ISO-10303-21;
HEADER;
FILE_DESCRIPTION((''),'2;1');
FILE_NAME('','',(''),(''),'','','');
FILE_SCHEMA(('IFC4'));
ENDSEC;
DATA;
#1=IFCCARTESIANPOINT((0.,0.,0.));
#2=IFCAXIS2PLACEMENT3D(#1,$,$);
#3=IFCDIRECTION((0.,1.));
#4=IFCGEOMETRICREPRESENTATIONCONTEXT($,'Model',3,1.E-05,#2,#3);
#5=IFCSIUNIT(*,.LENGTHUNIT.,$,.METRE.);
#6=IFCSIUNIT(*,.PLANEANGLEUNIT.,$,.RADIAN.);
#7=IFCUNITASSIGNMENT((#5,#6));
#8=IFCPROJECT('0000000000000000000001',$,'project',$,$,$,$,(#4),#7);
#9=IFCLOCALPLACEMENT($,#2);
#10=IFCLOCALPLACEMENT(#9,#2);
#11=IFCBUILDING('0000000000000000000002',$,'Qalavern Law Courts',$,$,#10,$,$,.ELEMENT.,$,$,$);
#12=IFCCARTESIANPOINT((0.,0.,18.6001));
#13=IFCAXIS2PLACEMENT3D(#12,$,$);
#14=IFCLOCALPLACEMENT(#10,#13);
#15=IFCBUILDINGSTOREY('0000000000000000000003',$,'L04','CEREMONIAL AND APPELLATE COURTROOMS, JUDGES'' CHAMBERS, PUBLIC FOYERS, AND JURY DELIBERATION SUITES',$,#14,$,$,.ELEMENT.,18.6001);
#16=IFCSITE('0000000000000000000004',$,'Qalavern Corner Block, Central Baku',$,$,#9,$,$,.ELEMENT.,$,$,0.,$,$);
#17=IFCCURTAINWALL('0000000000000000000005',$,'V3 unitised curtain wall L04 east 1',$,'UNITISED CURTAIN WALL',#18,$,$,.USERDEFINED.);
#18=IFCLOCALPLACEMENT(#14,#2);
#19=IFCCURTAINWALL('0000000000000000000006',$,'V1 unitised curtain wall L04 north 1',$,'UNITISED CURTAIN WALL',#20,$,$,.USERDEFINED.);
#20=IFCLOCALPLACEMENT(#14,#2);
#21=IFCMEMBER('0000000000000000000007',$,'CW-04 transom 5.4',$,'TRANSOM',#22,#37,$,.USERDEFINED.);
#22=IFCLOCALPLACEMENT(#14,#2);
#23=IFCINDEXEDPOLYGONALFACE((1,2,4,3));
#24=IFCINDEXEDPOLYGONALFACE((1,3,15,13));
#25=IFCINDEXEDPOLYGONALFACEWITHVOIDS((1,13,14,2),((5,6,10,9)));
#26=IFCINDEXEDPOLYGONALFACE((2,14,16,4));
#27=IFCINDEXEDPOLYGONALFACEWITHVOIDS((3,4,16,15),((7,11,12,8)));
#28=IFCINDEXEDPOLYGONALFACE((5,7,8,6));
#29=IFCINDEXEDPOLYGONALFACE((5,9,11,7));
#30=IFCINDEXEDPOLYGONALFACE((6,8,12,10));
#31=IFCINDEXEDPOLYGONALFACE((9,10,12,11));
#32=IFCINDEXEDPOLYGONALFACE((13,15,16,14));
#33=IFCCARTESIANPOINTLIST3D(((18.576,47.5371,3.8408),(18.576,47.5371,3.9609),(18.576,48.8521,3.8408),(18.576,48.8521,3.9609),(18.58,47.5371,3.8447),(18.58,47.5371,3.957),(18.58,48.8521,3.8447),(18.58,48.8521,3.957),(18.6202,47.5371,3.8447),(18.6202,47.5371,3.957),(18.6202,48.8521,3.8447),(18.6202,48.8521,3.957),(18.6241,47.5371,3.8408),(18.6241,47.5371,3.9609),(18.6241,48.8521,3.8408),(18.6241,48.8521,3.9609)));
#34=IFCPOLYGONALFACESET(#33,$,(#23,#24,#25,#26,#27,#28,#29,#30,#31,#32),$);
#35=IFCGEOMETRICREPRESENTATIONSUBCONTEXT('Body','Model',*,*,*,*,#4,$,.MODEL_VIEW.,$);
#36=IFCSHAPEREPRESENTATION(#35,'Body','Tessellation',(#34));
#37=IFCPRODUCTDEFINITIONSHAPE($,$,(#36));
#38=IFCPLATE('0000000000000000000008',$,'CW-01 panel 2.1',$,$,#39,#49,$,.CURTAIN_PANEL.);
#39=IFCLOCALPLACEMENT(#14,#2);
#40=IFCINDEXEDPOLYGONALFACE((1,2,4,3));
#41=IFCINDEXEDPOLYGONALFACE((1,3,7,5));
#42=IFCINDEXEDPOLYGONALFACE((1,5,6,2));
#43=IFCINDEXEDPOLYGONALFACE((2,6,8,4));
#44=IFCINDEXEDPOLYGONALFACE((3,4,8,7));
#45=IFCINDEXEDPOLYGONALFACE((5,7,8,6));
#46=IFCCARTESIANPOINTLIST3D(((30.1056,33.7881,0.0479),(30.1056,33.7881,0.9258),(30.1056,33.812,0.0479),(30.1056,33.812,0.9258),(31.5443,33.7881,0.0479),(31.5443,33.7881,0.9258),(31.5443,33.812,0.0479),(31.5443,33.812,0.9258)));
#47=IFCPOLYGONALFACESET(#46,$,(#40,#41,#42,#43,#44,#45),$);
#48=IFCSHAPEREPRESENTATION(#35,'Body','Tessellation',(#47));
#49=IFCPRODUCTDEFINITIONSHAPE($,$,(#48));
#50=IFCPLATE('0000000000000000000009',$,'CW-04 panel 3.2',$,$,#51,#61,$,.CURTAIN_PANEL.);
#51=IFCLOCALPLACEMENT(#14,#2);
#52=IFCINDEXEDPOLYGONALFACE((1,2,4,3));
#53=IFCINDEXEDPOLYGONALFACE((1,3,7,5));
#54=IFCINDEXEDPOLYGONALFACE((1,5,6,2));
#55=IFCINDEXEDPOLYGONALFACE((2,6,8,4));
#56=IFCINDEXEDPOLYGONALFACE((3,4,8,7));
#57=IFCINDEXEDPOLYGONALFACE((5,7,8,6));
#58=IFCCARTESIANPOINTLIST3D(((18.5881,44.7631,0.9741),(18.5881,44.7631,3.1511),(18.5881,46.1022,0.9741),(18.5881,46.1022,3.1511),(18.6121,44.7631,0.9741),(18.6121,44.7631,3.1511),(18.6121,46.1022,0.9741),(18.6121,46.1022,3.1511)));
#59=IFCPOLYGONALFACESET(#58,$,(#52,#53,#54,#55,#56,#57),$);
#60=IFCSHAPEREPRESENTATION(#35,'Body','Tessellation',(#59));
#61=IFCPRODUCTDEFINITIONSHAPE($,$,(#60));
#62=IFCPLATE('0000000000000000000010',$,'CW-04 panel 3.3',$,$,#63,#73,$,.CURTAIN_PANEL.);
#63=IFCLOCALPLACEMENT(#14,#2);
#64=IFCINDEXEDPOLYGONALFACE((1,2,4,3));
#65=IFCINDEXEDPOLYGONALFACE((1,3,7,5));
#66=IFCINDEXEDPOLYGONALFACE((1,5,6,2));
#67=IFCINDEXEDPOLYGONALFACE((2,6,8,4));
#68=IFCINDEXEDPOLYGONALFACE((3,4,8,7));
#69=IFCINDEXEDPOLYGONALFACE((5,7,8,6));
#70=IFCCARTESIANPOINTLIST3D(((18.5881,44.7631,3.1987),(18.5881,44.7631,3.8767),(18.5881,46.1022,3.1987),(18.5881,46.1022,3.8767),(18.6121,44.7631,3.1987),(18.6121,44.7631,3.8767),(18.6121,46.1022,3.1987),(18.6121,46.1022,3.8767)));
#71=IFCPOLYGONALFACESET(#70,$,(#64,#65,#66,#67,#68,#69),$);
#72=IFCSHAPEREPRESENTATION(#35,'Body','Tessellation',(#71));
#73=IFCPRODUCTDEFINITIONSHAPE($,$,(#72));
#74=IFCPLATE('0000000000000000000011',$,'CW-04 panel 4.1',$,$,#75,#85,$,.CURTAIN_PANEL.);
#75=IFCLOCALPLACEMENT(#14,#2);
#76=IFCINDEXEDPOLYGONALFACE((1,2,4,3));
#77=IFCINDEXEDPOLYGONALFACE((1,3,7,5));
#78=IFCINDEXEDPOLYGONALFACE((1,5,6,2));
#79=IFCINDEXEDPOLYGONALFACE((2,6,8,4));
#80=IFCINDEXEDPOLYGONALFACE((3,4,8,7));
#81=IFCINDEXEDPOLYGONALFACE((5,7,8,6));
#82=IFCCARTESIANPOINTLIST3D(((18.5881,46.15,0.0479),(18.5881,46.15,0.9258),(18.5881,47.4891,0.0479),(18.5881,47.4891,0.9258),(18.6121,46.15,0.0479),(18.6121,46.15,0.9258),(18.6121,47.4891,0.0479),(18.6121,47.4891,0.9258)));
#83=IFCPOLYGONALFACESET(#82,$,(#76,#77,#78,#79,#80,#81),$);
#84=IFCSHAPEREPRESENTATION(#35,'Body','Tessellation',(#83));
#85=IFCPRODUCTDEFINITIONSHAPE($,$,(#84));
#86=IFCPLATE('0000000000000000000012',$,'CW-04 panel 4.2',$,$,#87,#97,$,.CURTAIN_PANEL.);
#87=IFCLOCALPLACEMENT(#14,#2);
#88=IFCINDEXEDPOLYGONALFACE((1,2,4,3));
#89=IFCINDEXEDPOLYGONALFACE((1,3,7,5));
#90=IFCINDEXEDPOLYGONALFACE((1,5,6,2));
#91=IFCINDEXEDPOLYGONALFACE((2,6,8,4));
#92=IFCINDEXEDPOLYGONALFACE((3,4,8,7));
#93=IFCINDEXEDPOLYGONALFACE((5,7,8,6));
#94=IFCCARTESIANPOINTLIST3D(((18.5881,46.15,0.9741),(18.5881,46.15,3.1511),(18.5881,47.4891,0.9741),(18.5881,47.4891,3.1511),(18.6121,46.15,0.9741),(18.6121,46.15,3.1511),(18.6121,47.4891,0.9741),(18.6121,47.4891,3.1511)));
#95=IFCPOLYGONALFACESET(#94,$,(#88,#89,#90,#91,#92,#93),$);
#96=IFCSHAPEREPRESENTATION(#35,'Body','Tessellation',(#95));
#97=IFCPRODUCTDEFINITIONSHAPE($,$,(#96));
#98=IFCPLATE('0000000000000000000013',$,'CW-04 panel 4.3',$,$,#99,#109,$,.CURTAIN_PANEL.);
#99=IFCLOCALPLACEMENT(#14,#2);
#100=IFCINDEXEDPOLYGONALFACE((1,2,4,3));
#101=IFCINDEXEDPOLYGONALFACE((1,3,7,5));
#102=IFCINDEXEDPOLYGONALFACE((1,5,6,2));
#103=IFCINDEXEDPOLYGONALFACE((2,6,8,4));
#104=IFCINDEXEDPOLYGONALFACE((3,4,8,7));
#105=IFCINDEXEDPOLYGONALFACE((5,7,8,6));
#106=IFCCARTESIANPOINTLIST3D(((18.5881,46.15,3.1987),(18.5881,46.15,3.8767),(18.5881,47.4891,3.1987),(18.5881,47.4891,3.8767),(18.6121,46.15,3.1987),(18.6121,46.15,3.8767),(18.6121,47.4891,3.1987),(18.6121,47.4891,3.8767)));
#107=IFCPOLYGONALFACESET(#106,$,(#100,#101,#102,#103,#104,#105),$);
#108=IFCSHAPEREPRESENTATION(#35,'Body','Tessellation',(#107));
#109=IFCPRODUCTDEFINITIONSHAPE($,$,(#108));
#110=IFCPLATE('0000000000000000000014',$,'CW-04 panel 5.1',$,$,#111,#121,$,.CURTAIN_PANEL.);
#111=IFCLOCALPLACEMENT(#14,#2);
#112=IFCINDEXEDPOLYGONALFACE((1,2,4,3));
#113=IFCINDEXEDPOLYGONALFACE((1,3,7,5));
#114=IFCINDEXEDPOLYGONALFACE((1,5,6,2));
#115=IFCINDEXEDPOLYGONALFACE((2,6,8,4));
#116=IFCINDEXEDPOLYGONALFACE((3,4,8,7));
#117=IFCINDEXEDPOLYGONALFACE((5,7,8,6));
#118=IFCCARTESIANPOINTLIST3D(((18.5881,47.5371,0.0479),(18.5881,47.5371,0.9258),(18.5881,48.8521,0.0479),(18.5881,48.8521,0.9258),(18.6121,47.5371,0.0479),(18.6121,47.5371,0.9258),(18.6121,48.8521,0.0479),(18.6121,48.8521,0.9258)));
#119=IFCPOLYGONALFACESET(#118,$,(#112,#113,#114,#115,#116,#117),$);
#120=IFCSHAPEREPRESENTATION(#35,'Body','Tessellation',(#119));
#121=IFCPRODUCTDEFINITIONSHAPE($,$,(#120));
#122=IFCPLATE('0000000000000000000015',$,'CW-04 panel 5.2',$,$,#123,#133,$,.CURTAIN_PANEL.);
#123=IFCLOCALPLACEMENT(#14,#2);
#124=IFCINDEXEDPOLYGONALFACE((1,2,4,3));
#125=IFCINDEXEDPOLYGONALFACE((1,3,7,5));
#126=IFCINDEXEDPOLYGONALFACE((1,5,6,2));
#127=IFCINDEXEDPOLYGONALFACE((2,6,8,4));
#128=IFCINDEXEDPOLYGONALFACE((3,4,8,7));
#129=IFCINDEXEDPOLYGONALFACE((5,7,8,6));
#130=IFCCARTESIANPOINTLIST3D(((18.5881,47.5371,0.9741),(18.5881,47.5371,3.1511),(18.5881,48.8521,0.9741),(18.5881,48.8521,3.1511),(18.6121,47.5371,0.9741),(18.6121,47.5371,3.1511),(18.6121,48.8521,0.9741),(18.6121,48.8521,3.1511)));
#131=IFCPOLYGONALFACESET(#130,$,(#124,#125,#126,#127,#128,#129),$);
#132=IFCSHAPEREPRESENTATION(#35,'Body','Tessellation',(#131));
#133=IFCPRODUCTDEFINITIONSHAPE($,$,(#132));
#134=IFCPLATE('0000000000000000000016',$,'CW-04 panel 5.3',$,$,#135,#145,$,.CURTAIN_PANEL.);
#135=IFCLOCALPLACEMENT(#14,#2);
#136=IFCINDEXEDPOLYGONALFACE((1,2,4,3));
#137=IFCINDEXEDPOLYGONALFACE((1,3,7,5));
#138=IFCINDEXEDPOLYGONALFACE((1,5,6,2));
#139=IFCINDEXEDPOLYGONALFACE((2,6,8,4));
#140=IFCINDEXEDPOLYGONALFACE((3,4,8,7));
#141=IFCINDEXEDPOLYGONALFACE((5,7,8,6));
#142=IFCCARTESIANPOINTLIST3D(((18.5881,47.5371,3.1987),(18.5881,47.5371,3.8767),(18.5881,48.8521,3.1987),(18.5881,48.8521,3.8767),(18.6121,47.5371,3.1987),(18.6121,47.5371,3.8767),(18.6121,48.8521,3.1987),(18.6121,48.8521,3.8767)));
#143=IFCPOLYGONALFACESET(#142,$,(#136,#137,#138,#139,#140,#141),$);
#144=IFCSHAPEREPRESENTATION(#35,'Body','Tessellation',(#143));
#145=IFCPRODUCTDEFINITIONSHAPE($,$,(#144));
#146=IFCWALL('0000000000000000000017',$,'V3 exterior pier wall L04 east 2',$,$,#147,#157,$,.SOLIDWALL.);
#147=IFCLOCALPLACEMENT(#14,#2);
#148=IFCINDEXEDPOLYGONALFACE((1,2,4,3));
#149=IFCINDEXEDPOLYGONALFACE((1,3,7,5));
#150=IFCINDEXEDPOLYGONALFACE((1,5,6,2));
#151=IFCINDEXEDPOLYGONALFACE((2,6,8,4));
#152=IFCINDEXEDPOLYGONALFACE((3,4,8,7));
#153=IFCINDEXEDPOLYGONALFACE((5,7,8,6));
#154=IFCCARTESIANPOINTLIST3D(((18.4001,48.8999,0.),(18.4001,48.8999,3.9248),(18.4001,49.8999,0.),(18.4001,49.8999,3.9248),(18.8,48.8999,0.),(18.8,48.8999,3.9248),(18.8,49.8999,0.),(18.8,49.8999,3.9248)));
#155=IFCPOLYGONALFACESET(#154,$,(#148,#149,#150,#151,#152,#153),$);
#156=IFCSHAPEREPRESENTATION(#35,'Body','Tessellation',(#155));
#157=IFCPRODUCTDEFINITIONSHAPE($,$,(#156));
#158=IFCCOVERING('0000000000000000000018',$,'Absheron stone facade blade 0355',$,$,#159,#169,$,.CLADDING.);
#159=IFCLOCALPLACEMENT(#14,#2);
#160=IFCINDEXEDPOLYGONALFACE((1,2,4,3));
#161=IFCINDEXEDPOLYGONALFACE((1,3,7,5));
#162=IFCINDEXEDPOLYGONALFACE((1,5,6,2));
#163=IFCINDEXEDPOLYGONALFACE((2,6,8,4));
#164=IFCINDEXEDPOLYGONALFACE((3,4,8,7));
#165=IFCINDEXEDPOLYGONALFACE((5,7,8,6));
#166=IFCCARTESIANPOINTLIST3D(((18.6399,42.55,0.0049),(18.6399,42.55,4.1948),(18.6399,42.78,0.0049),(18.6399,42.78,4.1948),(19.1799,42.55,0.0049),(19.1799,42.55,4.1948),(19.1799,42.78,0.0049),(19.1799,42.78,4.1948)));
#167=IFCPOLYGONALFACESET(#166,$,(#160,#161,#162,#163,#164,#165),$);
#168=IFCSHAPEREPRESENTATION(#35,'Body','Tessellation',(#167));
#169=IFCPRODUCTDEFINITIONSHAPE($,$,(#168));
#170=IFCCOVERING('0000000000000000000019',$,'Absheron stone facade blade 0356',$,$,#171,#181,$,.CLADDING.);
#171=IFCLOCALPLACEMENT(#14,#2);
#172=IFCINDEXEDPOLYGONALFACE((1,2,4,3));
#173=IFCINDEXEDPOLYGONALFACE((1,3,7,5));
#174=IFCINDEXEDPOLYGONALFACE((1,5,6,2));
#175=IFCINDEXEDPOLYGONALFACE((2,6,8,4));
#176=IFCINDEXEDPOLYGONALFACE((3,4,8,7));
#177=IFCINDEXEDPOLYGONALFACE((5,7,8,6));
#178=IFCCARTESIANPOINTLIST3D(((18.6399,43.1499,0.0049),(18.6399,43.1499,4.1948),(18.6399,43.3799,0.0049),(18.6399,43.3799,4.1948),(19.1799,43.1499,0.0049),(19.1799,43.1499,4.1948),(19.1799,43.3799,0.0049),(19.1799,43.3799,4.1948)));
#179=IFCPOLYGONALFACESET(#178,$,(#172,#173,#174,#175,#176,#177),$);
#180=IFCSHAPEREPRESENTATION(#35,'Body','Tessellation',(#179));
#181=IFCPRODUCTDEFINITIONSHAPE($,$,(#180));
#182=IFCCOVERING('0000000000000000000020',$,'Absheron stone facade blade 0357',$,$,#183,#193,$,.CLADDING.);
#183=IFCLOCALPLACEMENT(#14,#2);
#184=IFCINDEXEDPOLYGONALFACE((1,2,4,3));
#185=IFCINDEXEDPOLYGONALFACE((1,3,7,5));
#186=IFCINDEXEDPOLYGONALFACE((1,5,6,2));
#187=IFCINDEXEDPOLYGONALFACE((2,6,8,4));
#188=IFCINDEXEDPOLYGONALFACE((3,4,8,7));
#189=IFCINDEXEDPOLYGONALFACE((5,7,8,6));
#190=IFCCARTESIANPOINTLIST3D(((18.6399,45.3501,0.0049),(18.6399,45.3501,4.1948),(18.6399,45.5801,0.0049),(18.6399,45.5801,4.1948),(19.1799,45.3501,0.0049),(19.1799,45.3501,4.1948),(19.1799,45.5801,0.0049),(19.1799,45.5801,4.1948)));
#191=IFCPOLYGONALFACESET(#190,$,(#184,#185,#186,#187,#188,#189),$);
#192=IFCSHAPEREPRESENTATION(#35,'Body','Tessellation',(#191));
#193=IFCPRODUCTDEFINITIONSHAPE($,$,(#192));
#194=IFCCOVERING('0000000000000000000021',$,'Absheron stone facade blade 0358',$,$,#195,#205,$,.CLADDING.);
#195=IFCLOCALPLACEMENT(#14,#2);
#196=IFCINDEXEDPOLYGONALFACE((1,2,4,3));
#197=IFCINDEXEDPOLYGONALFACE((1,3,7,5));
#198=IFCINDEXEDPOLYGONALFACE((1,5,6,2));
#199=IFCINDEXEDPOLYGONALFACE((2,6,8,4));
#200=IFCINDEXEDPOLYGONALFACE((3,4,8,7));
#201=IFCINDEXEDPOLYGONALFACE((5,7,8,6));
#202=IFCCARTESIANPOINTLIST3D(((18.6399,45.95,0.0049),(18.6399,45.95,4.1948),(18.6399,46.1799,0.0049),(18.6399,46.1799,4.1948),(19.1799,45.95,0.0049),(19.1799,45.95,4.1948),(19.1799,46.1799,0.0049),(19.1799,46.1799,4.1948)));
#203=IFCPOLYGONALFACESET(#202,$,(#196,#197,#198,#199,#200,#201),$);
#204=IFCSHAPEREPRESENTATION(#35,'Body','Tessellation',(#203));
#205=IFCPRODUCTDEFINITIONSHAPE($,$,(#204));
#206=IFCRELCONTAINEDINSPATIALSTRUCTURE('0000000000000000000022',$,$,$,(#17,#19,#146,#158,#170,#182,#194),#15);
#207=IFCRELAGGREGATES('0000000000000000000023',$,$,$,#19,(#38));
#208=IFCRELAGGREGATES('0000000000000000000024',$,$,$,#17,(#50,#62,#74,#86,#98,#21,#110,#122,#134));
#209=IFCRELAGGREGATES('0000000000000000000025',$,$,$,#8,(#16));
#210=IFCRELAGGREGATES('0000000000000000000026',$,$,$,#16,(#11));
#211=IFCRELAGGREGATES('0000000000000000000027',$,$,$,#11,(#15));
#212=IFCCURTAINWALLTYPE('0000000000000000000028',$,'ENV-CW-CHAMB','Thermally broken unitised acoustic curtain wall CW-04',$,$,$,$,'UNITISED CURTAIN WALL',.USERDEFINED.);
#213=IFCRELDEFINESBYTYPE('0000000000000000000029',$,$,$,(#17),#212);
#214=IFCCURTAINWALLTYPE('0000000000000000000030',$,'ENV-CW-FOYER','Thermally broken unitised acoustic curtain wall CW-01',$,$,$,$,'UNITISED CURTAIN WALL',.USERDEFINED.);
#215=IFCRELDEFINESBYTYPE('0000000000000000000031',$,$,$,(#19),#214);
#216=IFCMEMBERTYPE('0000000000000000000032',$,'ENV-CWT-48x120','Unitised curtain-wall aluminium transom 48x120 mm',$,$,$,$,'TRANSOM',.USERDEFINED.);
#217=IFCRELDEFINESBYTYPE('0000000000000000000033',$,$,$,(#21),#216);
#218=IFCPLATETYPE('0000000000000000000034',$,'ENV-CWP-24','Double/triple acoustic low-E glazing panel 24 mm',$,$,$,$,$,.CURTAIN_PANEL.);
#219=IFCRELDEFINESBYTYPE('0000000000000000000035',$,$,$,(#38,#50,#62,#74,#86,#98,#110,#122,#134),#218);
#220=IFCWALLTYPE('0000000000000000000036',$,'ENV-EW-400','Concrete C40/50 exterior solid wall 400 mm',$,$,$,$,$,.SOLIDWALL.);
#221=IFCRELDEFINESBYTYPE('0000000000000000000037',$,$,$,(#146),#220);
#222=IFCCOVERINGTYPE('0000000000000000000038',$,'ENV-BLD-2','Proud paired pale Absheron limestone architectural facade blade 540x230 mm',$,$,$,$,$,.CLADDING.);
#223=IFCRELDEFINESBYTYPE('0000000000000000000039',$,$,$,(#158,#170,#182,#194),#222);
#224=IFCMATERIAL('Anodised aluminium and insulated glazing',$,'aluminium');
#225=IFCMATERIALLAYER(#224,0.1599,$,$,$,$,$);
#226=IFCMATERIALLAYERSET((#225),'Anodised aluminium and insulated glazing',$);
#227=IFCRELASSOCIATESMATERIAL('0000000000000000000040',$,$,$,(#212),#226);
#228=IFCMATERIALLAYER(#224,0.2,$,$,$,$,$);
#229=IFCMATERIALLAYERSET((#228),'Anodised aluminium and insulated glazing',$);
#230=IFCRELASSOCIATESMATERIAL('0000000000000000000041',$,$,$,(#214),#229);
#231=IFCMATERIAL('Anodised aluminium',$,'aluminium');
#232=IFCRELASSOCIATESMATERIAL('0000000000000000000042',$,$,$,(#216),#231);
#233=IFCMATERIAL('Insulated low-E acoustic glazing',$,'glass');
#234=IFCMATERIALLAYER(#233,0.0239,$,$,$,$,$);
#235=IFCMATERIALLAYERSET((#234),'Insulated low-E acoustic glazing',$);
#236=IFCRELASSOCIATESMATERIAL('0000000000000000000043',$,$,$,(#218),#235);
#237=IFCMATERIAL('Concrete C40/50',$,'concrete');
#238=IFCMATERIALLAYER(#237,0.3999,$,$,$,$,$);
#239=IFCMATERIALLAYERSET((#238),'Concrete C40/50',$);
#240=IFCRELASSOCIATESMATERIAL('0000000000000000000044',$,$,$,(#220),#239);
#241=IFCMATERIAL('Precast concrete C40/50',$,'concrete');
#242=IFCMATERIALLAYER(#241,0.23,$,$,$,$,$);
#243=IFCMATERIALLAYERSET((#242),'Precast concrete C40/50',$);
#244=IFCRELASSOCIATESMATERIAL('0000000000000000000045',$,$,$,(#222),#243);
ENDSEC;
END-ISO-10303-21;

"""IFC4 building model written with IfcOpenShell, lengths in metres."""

from ifc_helpers import new_model, si_unit, direction, frame, frame_2d, origin, origin_2d, place, context, subcontext, project, spatial, rectangle, hollow_rectangle, extrude, material, layer, layer_set, material_profile, profile_set, type_object, element, aggregate, save


model = new_model("IFC4")

# Units and contexts
model_context = context("Model", 3, precision=1e-05, world=origin(), true_north=direction((0.0, 1.0)))
body_context = subcontext(model_context, "Body", "Model", "MODEL_VIEW")
ifc_project = project(units=[si_unit("LENGTHUNIT", "METRE"), si_unit("PLANEANGLEUNIT", "RADIAN")], contexts=[model_context])

# Site, building, storey
site_placement = place(None, origin())
site = spatial("IfcSite", under=ifc_project, at=site_placement, Name="Qalavern Corner Block, Central Baku", CompositionType="ELEMENT", RefElevation=0.0)
building_placement = place(site_placement, origin())
building = spatial("IfcBuilding", under=site, at=building_placement, Name="Qalavern Law Courts", CompositionType="ELEMENT")
storey_placement = place(building_placement, frame((0.0, 0.0, 18.6001)))
storey = spatial("IfcBuildingStorey", under=building, at=storey_placement, Name="L04", Description="CEREMONIAL AND APPELLATE COURTROOMS, JUDGES' CHAMBERS, PUBLIC FOYERS, AND JURY DELIBERATION SUITES", CompositionType="ELEMENT", Elevation=18.6001)

# Curtain wall
ifc_material_1 = material(Name="Anodised aluminium and insulated glazing", Category="aluminium")
ifc_layer_1 = layer(ifc_material_1, 0.1599)
ifc_layer_set_1 = layer_set([ifc_layer_1], Name="Anodised aluminium and insulated glazing")
curtain_wall_type_1 = type_object("IfcCurtainWallType", Name="ENV-CW-CHAMB", Description="Thermally broken unitised acoustic curtain wall CW-04", ElementType="UNITISED CURTAIN WALL", PredefinedType="USERDEFINED", material=ifc_layer_set_1)
curtain_wall_1_placement = place(storey_placement, origin())
curtain_wall_1 = element("IfcCurtainWall", 1, at=curtain_wall_1_placement, inside=storey, type_object=curtain_wall_type_1, Name="V3 unitised curtain wall L04 east 1", ObjectType="UNITISED CURTAIN WALL", PredefinedType="USERDEFINED")
ifc_material_2 = material(Name="Anodised aluminium", Category="aluminium")

# Curtain wall
ifc_layer_2 = layer(ifc_material_1, 0.2)
ifc_layer_set_2 = layer_set([ifc_layer_2], Name="Anodised aluminium and insulated glazing")
curtain_wall_type_2 = type_object("IfcCurtainWallType", Name="ENV-CW-FOYER", Description="Thermally broken unitised acoustic curtain wall CW-01", ElementType="UNITISED CURTAIN WALL", PredefinedType="USERDEFINED", material=ifc_layer_set_2)
curtain_wall_2_placement = place(storey_placement, origin())
curtain_wall_2 = element("IfcCurtainWall", 2, at=curtain_wall_2_placement, inside=storey, type_object=curtain_wall_type_2, Name="V1 unitised curtain wall L04 north 1", ObjectType="UNITISED CURTAIN WALL", PredefinedType="USERDEFINED")

# Member
ifc_material_profile_1 = material_profile(ifc_material_2, hollow_rectangle(XDim=0.0481, YDim=0.1201, WallThickness=0.0039, at=origin_2d()), Name="ALU TRANSOM 48x120")
ifc_profile_set_1 = profile_set([ifc_material_profile_1], Name="Anodised aluminium")
member_type_1 = type_object("IfcMemberType", Name="ENV-CWT-48x120", Description="Unitised curtain-wall aluminium transom 48x120 mm", ElementType="TRANSOM", PredefinedType="USERDEFINED", material=ifc_profile_set_1)
member_1_placement = place(storey_placement, frame((18.6001, 47.5371, 3.9009), z_axis=(0.0, 1.0, 0.0), x_axis=(-1.0, 0.0, 0.0)))
member_1 = element("IfcMember", 3, at=member_1_placement, type_object=member_type_1, Name="CW-04 transom 5.4", ObjectType="TRANSOM", PredefinedType="USERDEFINED", context=body_context, shape_type="SweptSolid", body=[
    extrude(hollow_rectangle(XDim=0.0481, YDim=0.1201, WallThickness=0.0039, at=origin_2d()), origin(), (0.0, 0.0, 1.0), 1.3149),
])

# Plates
ifc_material_3 = material(Name="Insulated low-E acoustic glazing", Category="glass")
ifc_layer_3 = layer(ifc_material_3, 0.0239)
ifc_layer_set_3 = layer_set([ifc_layer_3], Name="Insulated low-E acoustic glazing")
plate_type = type_object("IfcPlateType", Name="ENV-CWP-24", Description="Double/triple acoustic low-E glazing panel 24 mm", PredefinedType="CURTAIN_PANEL", material=ifc_layer_set_3)
plate_1_placement = place(storey_placement, frame((30.825, 33.8, 0.0479), z_axis=(0.0, 0.0, 1.0), x_axis=(-1.0, 0.0, 0.0)))
plate_1 = element("IfcPlate", 4, at=plate_1_placement, type_object=plate_type, Name="CW-01 panel 2.1", PredefinedType="CURTAIN_PANEL", context=body_context, shape_type="SweptSolid", body=[
    extrude(rectangle(XDim=1.4387, YDim=0.0239, at=origin_2d()), origin(), (0.0, 0.0, 1.0), 0.8779),
])
aggregate(curtain_wall_2, [plate_1])
plate_2_placement = place(storey_placement, frame((18.6001, 45.4326, 0.9741), z_axis=(0.0, 0.0, 1.0), x_axis=(0.0, 1.0, 0.0)))
plate_2 = element("IfcPlate", 5, at=plate_2_placement, type_object=plate_type, Name="CW-04 panel 3.2", PredefinedType="CURTAIN_PANEL", context=body_context, shape_type="SweptSolid", body=[
    extrude(rectangle(XDim=1.3391, YDim=0.0239, at=origin_2d()), origin(), (0.0, 0.0, 1.0), 2.177),
])
plate_3_placement = place(storey_placement, frame((18.6001, 45.4326, 3.1987), z_axis=(0.0, 0.0, 1.0), x_axis=(0.0, 1.0, 0.0)))
plate_3 = element("IfcPlate", 6, at=plate_3_placement, type_object=plate_type, Name="CW-04 panel 3.3", PredefinedType="CURTAIN_PANEL", context=body_context, shape_type="SweptSolid", body=[
    extrude(rectangle(XDim=1.3391, YDim=0.0239, at=origin_2d()), origin(), (0.0, 0.0, 1.0), 0.678),
])
plate_4_placement = place(storey_placement, frame((18.6001, 46.8196, 0.0479), z_axis=(0.0, 0.0, 1.0), x_axis=(0.0, 1.0, 0.0)))
plate_4 = element("IfcPlate", 7, at=plate_4_placement, type_object=plate_type, Name="CW-04 panel 4.1", PredefinedType="CURTAIN_PANEL", context=body_context, shape_type="SweptSolid", body=[
    extrude(rectangle(XDim=1.3391, YDim=0.0239, at=origin_2d()), origin(), (0.0, 0.0, 1.0), 0.8779),
])
plate_5_placement = place(storey_placement, frame((18.6001, 46.8196, 0.9741), z_axis=(0.0, 0.0, 1.0), x_axis=(0.0, 1.0, 0.0)))
plate_5 = element("IfcPlate", 8, at=plate_5_placement, type_object=plate_type, Name="CW-04 panel 4.2", PredefinedType="CURTAIN_PANEL", context=body_context, shape_type="SweptSolid", body=[
    extrude(rectangle(XDim=1.3391, YDim=0.0239, at=origin_2d()), origin(), (0.0, 0.0, 1.0), 2.177),
])
plate_6_placement = place(storey_placement, frame((18.6001, 46.8196, 3.1987), z_axis=(0.0, 0.0, 1.0), x_axis=(0.0, 1.0, 0.0)))
plate_6 = element("IfcPlate", 9, at=plate_6_placement, type_object=plate_type, Name="CW-04 panel 4.3", PredefinedType="CURTAIN_PANEL", context=body_context, shape_type="SweptSolid", body=[
    extrude(rectangle(XDim=1.3391, YDim=0.0239, at=origin_2d()), origin(), (0.0, 0.0, 1.0), 0.678),
])
plate_7_placement = place(storey_placement, frame((18.6001, 48.1946, 0.0479), z_axis=(0.0, 0.0, 1.0), x_axis=(0.0, 1.0, 0.0)))
plate_7 = element("IfcPlate", 10, at=plate_7_placement, type_object=plate_type, Name="CW-04 panel 5.1", PredefinedType="CURTAIN_PANEL", context=body_context, shape_type="SweptSolid", body=[
    extrude(rectangle(XDim=1.3149, YDim=0.0239, at=origin_2d()), origin(), (0.0, 0.0, 1.0), 0.8779),
])
plate_8_placement = place(storey_placement, frame((18.6001, 48.1946, 0.9741), z_axis=(0.0, 0.0, 1.0), x_axis=(0.0, 1.0, 0.0)))
plate_8 = element("IfcPlate", 11, at=plate_8_placement, type_object=plate_type, Name="CW-04 panel 5.2", PredefinedType="CURTAIN_PANEL", context=body_context, shape_type="SweptSolid", body=[
    extrude(rectangle(XDim=1.3149, YDim=0.0239, at=origin_2d()), origin(), (0.0, 0.0, 1.0), 2.177),
])
plate_9_placement = place(storey_placement, frame((18.6001, 48.1946, 3.1987), z_axis=(0.0, 0.0, 1.0), x_axis=(0.0, 1.0, 0.0)))
plate_9 = element("IfcPlate", 12, at=plate_9_placement, type_object=plate_type, Name="CW-04 panel 5.3", PredefinedType="CURTAIN_PANEL", context=body_context, shape_type="SweptSolid", body=[
    extrude(rectangle(XDim=1.3149, YDim=0.0239, at=origin_2d()), origin(), (0.0, 0.0, 1.0), 0.678),
])
aggregate(curtain_wall_1, [plate_2, plate_3, plate_4, plate_5, plate_6, member_1, plate_7, plate_8, plate_9])

# Wall
ifc_material_4 = material(Name="Concrete C40/50", Category="concrete")
ifc_layer_4 = layer(ifc_material_4, 0.3999)
ifc_layer_set_4 = layer_set([ifc_layer_4], Name="Concrete C40/50")
wall_type = type_object("IfcWallType", Name="ENV-EW-400", Description="Concrete C40/50 exterior solid wall 400 mm", PredefinedType="SOLIDWALL", material=ifc_layer_set_4)
wall_placement = place(storey_placement, frame((18.6001, 48.8999, 0.0), z_axis=(0.0, 0.0, 1.0), x_axis=(0.0, 1.0, 0.0)))
element("IfcWall", 13, at=wall_placement, inside=storey, type_object=wall_type, Name="V3 exterior pier wall L04 east 2", PredefinedType="SOLIDWALL", context=body_context, shape_type="SweptSolid", body=[
    extrude(rectangle(XDim=1.0, YDim=0.3999, at=frame_2d((0.5, 0.0))), origin(), (0.0, 0.0, 1.0), 3.9248),
])

# Coverings
ifc_material_5 = material(Name="Precast concrete C40/50", Category="concrete")
ifc_layer_5 = layer(ifc_material_5, 0.23)
ifc_layer_set_5 = layer_set([ifc_layer_5], Name="Precast concrete C40/50")
covering_type_1 = type_object("IfcCoveringType", Name="ENV-BLD-2", Description="Proud paired pale Absheron limestone architectural facade blade 540x230 mm", PredefinedType="CLADDING", material=ifc_layer_set_5)
for number, where, z_axis, x_axis, name in (
    (14, (18.9099, 42.665, 0.0049), (0.0, 0.0, 1.0), (1.0, 0.0, 0.0), "Absheron stone facade blade 0355"),
    (15, (18.9099, 43.2649, 0.0049), (0.0, 0.0, 1.0), (1.0, 0.0, 0.0), "Absheron stone facade blade 0356"),
    (16, (18.9099, 45.4651, 0.0049), (0.0, 0.0, 1.0), (1.0, 0.0, 0.0), "Absheron stone facade blade 0357"),
    (17, (18.9099, 46.0649, 0.0049), (0.0, 0.0, 1.0), (1.0, 0.0, 0.0), "Absheron stone facade blade 0358"),
):
    element("IfcCovering", number, at=place(storey_placement, frame(where, z_axis=z_axis, x_axis=x_axis)), inside=storey, type_object=covering_type_1, Name=name, PredefinedType="CLADDING", context=body_context, shape_type="SweptSolid", body=[
        extrude(rectangle(XDim=0.54, YDim=0.23, at=origin_2d()), origin(), (0.0, 0.0, 1.0), 4.1899),
    ])

save(model, "model.ifc")
